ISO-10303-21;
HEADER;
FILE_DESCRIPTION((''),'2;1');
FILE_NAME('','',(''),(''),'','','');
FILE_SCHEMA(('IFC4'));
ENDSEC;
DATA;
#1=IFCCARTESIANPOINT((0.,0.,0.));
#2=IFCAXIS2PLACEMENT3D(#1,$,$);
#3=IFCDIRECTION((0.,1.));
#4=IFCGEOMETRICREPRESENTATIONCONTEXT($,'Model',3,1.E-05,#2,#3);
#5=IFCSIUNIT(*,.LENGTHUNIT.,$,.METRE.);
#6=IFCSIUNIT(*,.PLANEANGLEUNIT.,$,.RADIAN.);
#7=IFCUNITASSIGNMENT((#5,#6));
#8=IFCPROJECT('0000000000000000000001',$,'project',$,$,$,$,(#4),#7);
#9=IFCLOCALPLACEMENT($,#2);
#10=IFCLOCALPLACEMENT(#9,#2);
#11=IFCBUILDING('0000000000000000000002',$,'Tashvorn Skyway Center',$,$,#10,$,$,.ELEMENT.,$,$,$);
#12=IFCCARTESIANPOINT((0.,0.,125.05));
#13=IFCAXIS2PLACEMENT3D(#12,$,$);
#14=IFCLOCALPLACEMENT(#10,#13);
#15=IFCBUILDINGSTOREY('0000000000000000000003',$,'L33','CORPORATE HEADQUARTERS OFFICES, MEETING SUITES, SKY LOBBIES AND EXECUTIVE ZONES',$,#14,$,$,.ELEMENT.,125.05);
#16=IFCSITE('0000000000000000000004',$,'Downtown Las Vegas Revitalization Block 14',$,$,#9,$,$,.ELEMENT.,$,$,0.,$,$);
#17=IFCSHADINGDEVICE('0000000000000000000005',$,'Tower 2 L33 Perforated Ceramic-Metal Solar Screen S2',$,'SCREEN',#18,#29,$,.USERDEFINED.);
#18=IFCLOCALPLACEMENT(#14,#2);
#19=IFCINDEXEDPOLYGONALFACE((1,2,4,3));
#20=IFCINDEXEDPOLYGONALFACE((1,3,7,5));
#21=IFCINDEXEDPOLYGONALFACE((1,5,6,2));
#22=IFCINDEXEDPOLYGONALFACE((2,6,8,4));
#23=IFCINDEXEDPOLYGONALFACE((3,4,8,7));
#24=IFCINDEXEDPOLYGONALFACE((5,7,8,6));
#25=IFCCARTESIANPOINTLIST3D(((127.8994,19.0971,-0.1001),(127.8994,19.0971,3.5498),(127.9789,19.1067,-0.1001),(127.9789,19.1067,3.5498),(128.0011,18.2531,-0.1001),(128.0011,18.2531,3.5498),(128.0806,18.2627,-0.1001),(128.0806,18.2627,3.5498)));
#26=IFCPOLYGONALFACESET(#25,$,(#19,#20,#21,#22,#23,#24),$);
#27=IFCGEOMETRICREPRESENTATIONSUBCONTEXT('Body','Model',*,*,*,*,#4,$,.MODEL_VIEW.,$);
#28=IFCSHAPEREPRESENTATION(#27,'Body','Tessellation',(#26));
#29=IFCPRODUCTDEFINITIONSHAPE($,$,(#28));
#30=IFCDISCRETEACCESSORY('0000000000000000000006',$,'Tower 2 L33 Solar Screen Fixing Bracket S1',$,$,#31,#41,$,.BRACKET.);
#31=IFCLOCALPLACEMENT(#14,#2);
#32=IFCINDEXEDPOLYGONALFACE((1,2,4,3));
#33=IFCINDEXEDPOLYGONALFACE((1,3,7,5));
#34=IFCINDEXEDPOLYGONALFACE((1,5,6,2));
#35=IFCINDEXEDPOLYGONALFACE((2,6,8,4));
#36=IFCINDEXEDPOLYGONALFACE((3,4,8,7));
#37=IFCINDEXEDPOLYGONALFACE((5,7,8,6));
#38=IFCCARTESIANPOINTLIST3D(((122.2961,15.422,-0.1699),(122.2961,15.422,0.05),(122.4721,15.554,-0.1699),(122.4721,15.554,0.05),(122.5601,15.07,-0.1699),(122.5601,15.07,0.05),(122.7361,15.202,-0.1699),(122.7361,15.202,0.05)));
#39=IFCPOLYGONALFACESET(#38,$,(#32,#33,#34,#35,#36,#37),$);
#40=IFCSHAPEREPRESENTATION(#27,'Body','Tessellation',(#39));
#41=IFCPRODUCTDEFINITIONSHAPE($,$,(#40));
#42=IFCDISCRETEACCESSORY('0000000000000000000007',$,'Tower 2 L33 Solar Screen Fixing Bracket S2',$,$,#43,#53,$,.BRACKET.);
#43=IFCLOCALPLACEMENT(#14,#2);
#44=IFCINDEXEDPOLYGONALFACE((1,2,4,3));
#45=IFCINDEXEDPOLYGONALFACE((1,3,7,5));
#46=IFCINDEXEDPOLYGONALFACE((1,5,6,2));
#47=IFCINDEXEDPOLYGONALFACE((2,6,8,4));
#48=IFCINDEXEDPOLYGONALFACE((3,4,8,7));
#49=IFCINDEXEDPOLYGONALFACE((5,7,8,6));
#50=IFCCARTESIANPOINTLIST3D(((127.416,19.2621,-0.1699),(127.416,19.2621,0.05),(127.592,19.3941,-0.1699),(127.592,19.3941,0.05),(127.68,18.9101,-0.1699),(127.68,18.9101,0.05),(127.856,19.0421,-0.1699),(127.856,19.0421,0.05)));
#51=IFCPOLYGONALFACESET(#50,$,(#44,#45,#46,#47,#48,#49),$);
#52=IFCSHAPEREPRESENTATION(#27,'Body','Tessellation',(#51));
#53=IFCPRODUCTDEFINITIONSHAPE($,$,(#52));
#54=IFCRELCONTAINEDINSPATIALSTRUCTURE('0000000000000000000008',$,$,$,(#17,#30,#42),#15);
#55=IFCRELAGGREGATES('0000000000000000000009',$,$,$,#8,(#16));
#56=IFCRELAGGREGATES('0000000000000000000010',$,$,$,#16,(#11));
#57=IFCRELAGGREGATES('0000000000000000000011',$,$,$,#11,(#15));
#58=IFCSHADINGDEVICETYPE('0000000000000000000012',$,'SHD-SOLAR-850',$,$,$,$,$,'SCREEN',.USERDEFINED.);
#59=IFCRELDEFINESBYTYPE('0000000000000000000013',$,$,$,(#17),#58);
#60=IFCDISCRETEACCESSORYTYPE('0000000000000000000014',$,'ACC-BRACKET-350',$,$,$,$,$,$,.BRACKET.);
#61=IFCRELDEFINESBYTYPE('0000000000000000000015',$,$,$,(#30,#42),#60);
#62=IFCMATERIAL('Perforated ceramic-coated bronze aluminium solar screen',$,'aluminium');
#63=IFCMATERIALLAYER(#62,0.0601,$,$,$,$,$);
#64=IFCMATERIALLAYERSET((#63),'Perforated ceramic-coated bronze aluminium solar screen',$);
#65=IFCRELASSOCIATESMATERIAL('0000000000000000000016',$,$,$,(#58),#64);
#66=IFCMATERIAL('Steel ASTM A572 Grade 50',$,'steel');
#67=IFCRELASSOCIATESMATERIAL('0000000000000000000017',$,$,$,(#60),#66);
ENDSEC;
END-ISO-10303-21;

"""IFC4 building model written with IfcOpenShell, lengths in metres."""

from ifc_helpers import new_model, si_unit, direction, frame, origin, origin_2d, place, context, subcontext, project, spatial, rectangle, extrude, material, layer, layer_set, type_object, element, save


model = new_model("IFC4")

# Units and contexts
model_context = context("Model", 3, precision=1e-05, world=origin(), true_north=direction((0.0, 1.0)))
body_context = subcontext(model_context, "Body", "Model", "MODEL_VIEW")
ifc_project = project(units=[si_unit("LENGTHUNIT", "METRE"), si_unit("PLANEANGLEUNIT", "RADIAN")], contexts=[model_context])

# Site, building, storey
site_placement = place(None, origin())
site = spatial("IfcSite", under=ifc_project, at=site_placement, Name="Downtown Las Vegas Revitalization Block 14", CompositionType="ELEMENT", RefElevation=0.0)
building_placement = place(site_placement, origin())
building = spatial("IfcBuilding", under=site, at=building_placement, Name="Tashvorn Skyway Center", CompositionType="ELEMENT")
storey_placement = place(building_placement, frame((0.0, 0.0, 125.05)))
storey = spatial("IfcBuildingStorey", under=building, at=storey_placement, Name="L33", Description="CORPORATE HEADQUARTERS OFFICES, MEETING SUITES, SKY LOBBIES AND EXECUTIVE ZONES", CompositionType="ELEMENT", Elevation=125.05)

# Shared definitions
ifc_material_1 = material(Name="Steel ASTM A572 Grade 50", Category="steel")

# Shared definitions
ifc_material_2 = material(Name="Perforated ceramic-coated bronze aluminium solar screen", Category="aluminium")

# Shading device
ifc_layer_1 = layer(ifc_material_2, 0.0601)
ifc_layer_set_1 = layer_set([ifc_layer_1], Name="Perforated ceramic-coated bronze aluminium solar screen")
shading_device_type = type_object("IfcShadingDeviceType", Name="SHD-SOLAR-850", ElementType="SCREEN", PredefinedType="USERDEFINED", material=ifc_layer_set_1)
for number, where, z_axis, x_axis, name in (
    (1, (127.99, 18.6799, -0.1001), (0.0, 0.0, 1.0), (-0.99282, -0.119615, 0.0), "Tower 2 L33 Perforated Ceramic-Metal Solar Screen S2"),
):
    element("IfcShadingDevice", number, at=place(storey_placement, frame(where, z_axis=z_axis, x_axis=x_axis)), inside=storey, type_object=shading_device_type, Name=name, ObjectType="SCREEN", PredefinedType="USERDEFINED", context=body_context, shape_type="SweptSolid", body=[
        extrude(rectangle(XDim=0.0801, YDim=0.8501, at=origin_2d()), origin(), (0.0, 0.0, 1.0), 3.6499),
    ])

# Discrete accessories
discrete_accessory_type = type_object("IfcDiscreteAccessoryType", Name="ACC-BRACKET-350", PredefinedType="BRACKET", material=ifc_material_1)
for number, where, z_axis, x_axis, name in (
    (2, (122.5161, 15.312, -0.1699), (0.0, 0.0, 1.0), (-0.8, -0.6, 0.0), "Tower 2 L33 Solar Screen Fixing Bracket S1"),
    (3, (127.636, 19.1521, -0.1699), (0.0, 0.0, 1.0), (-0.8, -0.6, 0.0), "Tower 2 L33 Solar Screen Fixing Bracket S2"),
):
    element("IfcDiscreteAccessory", number, at=place(storey_placement, frame(where, z_axis=z_axis, x_axis=x_axis)), inside=storey, type_object=discrete_accessory_type, Name=name, PredefinedType="BRACKET", context=body_context, shape_type="SweptSolid", body=[
        extrude(rectangle(XDim=0.22, YDim=0.4399, at=origin_2d()), origin(), (0.0, 0.0, 1.0), 0.22),
    ])

save(model, "model.ifc")
